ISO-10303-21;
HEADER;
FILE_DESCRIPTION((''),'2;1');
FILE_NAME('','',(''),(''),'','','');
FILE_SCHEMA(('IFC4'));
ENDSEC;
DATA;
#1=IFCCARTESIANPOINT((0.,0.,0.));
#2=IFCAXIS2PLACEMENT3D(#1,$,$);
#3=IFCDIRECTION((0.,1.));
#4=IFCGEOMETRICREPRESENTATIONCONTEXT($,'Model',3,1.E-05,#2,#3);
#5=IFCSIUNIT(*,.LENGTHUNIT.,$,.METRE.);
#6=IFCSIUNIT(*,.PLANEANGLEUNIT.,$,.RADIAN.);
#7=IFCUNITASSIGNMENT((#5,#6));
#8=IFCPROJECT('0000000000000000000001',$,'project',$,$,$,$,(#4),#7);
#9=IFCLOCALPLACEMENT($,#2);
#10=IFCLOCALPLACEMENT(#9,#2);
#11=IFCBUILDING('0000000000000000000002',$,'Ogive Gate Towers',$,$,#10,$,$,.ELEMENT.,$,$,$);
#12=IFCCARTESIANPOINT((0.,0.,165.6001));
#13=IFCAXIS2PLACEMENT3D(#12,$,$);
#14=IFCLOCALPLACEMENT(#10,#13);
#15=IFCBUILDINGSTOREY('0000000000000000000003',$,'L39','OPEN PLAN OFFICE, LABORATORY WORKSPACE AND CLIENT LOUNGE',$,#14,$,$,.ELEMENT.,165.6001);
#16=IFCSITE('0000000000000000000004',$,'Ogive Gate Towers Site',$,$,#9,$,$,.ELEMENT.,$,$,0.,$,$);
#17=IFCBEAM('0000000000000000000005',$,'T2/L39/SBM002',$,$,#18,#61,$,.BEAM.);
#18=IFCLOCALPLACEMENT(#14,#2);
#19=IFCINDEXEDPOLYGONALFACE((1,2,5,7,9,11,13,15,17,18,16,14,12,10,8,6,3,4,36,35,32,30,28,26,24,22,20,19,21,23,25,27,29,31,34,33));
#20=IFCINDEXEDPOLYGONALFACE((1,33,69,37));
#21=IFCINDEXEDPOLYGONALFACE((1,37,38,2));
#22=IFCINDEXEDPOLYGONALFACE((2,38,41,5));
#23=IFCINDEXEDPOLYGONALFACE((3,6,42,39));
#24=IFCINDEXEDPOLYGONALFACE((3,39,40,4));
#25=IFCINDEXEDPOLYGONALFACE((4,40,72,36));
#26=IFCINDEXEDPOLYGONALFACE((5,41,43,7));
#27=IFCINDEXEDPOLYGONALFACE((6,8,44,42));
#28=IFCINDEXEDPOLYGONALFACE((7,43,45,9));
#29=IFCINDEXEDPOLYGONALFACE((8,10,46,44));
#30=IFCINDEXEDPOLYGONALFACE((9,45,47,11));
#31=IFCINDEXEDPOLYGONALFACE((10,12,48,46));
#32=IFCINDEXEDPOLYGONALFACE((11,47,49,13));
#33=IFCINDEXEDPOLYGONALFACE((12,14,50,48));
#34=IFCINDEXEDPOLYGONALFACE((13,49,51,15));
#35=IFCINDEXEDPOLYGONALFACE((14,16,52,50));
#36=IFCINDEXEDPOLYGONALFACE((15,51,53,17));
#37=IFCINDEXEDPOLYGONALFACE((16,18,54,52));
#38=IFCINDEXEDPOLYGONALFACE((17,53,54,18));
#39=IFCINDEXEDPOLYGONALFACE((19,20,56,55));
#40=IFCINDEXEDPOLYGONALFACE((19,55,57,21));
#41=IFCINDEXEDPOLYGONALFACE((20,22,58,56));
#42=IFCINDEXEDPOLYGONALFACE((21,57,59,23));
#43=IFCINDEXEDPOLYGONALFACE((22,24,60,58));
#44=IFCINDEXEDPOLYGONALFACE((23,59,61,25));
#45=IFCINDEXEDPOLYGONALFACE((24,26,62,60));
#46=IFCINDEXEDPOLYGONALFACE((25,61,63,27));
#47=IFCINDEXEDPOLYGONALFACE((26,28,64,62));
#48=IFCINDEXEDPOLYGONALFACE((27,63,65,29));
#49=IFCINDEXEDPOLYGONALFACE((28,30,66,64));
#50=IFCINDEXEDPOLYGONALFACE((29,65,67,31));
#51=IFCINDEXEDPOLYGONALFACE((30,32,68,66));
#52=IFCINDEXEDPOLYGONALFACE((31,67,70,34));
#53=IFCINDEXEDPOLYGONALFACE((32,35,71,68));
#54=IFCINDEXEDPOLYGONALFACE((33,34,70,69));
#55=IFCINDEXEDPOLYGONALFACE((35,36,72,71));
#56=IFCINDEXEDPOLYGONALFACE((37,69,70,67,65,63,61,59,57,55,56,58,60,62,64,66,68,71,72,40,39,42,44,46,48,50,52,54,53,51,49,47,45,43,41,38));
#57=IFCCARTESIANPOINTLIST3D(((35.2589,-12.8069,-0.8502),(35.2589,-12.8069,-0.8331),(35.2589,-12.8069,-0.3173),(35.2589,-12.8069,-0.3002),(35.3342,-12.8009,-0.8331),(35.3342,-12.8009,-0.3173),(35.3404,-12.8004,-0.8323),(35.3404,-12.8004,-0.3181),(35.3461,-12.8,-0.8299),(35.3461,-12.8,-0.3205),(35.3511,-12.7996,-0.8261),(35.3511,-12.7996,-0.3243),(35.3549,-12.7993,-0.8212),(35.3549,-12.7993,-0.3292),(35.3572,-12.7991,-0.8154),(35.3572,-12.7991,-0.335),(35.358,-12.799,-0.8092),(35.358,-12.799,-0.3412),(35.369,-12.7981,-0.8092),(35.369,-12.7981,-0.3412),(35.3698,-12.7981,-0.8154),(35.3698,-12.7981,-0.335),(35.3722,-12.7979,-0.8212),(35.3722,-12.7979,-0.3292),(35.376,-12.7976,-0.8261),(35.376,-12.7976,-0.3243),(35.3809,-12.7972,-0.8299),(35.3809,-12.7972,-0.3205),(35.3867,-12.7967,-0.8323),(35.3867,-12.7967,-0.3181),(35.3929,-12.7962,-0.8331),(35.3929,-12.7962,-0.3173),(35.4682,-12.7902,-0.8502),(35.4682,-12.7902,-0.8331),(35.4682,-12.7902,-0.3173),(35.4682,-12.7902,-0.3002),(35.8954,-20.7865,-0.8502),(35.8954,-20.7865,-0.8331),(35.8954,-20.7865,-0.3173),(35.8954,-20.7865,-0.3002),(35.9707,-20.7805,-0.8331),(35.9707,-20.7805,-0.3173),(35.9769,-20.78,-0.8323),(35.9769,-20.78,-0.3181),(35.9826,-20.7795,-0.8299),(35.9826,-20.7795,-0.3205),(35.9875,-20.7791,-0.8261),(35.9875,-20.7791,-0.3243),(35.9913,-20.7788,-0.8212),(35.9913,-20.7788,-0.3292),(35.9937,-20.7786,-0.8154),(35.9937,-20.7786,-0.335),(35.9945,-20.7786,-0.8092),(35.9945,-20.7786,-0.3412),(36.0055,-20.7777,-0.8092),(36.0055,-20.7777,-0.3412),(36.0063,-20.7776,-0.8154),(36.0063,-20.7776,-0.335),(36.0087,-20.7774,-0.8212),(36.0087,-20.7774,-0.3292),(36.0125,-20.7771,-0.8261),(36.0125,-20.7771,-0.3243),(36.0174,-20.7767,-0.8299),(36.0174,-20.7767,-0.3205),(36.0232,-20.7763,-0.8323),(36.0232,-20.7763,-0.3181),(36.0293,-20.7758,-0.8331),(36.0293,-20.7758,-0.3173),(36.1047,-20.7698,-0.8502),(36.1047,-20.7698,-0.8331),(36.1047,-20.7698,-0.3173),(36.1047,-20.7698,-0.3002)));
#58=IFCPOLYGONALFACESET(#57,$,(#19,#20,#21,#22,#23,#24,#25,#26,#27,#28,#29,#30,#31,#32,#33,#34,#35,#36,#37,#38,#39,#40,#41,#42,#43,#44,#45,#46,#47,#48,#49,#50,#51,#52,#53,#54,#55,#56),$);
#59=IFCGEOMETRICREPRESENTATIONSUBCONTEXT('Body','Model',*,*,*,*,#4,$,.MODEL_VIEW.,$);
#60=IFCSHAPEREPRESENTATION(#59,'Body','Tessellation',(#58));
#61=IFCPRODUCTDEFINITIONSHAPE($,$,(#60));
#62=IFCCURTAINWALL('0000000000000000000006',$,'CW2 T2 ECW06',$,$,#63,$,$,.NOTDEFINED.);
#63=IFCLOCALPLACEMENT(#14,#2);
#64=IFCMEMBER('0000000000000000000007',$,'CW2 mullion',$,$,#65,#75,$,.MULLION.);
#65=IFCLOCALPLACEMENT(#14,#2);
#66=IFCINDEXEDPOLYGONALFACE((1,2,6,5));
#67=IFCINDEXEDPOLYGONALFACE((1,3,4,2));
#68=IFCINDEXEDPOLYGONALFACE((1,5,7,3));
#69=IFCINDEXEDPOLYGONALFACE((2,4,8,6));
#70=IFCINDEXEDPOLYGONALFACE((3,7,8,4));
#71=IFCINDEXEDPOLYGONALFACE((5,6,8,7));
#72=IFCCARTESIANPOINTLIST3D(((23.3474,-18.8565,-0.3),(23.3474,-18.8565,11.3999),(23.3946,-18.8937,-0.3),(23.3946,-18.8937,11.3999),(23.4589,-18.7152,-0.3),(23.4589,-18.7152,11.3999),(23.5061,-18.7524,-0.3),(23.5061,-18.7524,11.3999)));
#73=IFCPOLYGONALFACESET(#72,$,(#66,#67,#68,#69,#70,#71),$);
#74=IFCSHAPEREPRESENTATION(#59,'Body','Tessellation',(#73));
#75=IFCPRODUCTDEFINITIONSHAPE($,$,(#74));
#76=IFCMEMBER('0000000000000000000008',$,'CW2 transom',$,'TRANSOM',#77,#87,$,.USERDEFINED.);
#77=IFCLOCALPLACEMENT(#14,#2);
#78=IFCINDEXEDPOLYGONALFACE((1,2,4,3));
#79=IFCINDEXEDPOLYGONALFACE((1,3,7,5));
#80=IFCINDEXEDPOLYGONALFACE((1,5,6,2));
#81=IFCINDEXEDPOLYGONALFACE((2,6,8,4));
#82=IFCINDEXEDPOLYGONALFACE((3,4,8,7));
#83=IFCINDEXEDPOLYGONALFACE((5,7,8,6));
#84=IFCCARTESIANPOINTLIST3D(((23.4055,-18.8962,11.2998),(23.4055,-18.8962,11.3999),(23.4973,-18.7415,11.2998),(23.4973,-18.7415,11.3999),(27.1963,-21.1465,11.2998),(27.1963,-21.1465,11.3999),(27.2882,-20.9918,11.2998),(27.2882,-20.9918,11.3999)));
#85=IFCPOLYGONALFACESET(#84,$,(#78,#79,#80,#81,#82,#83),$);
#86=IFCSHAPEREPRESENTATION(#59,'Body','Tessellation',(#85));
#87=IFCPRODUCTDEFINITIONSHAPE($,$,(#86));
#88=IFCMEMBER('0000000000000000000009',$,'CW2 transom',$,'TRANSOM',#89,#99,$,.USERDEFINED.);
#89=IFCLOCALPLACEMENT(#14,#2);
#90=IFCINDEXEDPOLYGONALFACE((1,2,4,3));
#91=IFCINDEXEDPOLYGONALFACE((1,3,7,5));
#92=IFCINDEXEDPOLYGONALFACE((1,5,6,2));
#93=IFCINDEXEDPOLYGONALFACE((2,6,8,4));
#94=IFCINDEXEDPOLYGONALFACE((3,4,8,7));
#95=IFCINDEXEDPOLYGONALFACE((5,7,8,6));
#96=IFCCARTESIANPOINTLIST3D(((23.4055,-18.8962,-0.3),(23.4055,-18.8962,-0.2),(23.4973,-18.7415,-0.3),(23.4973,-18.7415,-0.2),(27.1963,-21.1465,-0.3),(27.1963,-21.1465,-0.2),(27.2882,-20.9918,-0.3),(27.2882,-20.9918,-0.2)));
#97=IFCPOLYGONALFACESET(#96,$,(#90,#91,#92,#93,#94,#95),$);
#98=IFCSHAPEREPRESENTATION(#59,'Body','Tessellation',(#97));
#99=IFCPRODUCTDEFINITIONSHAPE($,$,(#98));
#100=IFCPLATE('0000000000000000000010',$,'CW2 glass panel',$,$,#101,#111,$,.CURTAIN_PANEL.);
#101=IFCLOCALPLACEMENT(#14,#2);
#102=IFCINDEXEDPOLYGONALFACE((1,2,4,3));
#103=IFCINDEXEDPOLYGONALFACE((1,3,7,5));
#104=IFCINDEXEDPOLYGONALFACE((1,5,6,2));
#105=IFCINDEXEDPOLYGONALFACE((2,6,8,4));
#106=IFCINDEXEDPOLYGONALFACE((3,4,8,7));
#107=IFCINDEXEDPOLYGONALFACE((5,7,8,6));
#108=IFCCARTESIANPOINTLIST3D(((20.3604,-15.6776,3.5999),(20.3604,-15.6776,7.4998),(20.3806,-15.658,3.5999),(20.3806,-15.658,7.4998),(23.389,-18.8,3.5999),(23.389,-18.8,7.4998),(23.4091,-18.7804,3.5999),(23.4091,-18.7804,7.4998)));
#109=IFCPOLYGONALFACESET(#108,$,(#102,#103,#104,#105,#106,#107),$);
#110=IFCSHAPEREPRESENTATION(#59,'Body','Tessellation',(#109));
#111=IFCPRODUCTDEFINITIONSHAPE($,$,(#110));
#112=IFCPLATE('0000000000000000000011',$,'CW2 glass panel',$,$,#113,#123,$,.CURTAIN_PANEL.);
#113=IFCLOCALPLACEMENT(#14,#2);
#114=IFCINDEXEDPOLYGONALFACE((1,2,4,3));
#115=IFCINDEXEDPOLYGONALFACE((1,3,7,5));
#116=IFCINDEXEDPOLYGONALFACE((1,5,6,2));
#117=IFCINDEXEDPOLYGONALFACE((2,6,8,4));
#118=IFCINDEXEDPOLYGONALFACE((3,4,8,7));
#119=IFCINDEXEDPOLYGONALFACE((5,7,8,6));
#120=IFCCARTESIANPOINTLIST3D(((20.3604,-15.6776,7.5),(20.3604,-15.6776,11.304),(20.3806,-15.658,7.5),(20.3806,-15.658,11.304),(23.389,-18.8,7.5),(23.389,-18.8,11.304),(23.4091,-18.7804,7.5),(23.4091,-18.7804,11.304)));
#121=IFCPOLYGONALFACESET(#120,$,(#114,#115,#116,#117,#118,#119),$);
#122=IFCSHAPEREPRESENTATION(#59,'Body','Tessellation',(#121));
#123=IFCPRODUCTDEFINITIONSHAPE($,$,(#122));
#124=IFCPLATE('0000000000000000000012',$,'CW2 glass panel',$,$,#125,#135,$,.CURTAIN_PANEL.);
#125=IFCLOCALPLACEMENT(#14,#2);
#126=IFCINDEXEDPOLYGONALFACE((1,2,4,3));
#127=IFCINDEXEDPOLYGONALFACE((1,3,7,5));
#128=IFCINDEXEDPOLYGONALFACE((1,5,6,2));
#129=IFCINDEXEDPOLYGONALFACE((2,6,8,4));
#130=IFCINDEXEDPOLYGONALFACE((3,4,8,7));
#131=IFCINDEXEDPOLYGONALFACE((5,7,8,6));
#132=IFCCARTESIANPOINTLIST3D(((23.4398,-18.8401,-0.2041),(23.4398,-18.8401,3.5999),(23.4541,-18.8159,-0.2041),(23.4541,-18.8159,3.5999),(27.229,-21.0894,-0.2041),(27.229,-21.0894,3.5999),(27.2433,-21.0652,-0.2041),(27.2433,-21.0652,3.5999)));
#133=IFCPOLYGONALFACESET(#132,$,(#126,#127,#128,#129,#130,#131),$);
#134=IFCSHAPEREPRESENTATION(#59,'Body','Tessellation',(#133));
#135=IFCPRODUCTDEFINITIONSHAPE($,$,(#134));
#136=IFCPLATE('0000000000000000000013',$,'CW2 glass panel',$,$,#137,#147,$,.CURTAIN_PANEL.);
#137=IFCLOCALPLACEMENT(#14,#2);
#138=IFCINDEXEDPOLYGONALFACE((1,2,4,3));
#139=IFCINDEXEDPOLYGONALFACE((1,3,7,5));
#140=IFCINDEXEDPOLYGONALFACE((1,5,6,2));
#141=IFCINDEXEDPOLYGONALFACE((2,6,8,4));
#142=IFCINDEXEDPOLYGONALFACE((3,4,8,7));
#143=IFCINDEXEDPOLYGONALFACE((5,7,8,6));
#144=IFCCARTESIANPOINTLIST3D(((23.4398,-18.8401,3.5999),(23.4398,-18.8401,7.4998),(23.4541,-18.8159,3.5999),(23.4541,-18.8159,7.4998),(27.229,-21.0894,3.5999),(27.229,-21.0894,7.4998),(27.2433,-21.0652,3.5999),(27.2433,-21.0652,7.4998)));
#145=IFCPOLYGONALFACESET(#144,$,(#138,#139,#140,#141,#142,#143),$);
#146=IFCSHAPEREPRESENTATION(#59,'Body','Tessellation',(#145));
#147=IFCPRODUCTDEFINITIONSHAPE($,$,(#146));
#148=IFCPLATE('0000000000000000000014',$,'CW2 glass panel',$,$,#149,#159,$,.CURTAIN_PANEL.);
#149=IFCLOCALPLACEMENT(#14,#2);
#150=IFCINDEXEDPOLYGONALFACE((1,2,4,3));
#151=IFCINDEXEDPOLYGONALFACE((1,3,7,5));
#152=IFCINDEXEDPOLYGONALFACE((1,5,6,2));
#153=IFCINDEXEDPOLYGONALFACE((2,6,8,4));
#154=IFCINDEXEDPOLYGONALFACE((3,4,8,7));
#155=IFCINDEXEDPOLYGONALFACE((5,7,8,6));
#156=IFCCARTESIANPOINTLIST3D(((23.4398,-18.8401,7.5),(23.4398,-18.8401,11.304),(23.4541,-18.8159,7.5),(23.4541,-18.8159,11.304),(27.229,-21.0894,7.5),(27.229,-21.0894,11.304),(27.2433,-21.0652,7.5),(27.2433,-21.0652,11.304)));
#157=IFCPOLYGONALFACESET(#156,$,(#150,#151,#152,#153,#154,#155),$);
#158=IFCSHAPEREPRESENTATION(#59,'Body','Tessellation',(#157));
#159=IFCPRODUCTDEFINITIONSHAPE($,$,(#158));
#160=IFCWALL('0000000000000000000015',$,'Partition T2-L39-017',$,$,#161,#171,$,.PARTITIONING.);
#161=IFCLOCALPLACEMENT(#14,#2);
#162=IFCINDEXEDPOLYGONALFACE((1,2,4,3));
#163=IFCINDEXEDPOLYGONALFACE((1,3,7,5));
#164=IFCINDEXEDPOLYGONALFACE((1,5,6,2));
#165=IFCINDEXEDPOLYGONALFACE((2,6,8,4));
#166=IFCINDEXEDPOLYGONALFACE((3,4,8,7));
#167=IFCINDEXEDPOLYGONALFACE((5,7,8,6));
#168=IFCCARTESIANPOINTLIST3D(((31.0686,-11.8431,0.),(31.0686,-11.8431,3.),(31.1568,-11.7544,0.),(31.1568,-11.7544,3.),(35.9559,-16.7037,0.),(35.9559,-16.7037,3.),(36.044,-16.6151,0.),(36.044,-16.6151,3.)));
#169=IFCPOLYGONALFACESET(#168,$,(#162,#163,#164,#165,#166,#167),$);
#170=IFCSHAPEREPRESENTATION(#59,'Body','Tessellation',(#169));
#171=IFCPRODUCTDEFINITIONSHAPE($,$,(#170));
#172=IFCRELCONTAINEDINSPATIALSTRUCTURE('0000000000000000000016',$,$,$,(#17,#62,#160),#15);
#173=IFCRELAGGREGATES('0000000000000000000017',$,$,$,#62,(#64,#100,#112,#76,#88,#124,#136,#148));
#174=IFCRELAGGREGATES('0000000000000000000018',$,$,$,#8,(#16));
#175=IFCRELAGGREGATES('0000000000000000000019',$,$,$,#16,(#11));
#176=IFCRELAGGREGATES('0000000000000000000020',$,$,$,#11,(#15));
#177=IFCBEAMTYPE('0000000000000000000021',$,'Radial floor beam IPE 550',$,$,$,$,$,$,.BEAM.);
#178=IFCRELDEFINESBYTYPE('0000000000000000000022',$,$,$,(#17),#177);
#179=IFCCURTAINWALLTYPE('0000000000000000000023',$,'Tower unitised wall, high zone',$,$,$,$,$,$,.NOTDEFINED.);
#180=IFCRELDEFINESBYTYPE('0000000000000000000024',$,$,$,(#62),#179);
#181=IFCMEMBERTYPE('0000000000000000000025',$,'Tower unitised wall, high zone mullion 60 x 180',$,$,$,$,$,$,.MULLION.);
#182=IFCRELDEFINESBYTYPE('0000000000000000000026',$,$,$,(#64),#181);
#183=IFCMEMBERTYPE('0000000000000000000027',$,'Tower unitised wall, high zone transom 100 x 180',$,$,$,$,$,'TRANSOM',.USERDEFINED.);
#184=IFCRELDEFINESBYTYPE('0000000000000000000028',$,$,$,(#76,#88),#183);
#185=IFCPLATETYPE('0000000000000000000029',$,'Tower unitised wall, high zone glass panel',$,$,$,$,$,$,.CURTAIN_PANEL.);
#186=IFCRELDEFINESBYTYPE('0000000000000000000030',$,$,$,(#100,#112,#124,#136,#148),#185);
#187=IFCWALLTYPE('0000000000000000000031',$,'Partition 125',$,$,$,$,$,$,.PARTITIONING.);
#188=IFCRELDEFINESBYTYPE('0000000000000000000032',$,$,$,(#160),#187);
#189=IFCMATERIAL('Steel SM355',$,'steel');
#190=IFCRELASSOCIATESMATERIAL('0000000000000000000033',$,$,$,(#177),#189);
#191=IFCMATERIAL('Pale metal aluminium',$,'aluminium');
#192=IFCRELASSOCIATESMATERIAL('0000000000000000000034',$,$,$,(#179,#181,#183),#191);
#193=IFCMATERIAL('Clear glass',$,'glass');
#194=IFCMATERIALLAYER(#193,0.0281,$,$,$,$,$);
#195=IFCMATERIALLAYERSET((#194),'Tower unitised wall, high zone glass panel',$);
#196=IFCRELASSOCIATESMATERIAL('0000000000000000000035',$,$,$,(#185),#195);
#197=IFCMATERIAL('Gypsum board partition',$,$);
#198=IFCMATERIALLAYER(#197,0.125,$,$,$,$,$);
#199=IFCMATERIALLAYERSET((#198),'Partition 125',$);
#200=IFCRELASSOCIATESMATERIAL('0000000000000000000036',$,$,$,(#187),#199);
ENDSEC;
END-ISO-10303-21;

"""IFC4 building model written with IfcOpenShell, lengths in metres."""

from ifc_helpers import new_model, si_unit, direction, frame, frame_2d, origin, origin_2d, place, context, subcontext, project, spatial, rectangle, i_section, extrude, material, layer, layer_set, material_profile, profile_set, type_object, element, aggregate, save


model = new_model("IFC4")

# Units and contexts
model_context = context("Model", 3, precision=1e-05, world=origin(), true_north=direction((0.0, 1.0)))
body_context = subcontext(model_context, "Body", "Model", "MODEL_VIEW")
ifc_project = project(units=[si_unit("LENGTHUNIT", "METRE"), si_unit("PLANEANGLEUNIT", "RADIAN")], contexts=[model_context])

# Site, building, storey
site_placement = place(None, origin())
site = spatial("IfcSite", under=ifc_project, at=site_placement, Name="Ogive Gate Towers Site", CompositionType="ELEMENT", RefElevation=0.0)
building_placement = place(site_placement, origin())
building = spatial("IfcBuilding", under=site, at=building_placement, Name="Ogive Gate Towers", CompositionType="ELEMENT")
storey_placement = place(building_placement, frame((0.0, 0.0, 165.6001)))
storey = spatial("IfcBuildingStorey", under=building, at=storey_placement, Name="L39", Description="OPEN PLAN OFFICE, LABORATORY WORKSPACE AND CLIENT LOUNGE", CompositionType="ELEMENT", Elevation=165.6001)

# Beam
ifc_material_1 = material(Name="Steel SM355", Category="steel")
ifc_material_profile_1 = material_profile(ifc_material_1, i_section(OverallWidth=0.21, OverallDepth=0.55, WebThickness=0.011, FlangeThickness=0.0171, FilletRadius=0.0239, at=origin_2d()), Name="IPE 550")
ifc_profile_set_1 = profile_set([ifc_material_profile_1], Name="Steel SM355")
beam_type = type_object("IfcBeamType", Name="Radial floor beam IPE 550", PredefinedType="BEAM", material=ifc_profile_set_1)
beam_placement = place(storey_placement, frame((35.3635, -12.7986, -0.5752), z_axis=(0.079511, -0.996834, 0.0), x_axis=(0.996834, 0.079511, 0.0)))
element("IfcBeam", 1, at=beam_placement, inside=storey, type_object=beam_type, Name="T2/L39/SBM002", PredefinedType="BEAM", context=body_context, shape_type="SweptSolid", body=[
    extrude(i_section(OverallWidth=0.21, OverallDepth=0.55, WebThickness=0.011, FlangeThickness=0.0171, FilletRadius=0.0239, at=origin_2d()), origin(), (0.0, 0.0, 1.0), 8.0049),
])

# Curtain wall, members, plates
ifc_material_2 = material(Name="Pale metal aluminium", Category="aluminium")
curtain_wall_type = type_object("IfcCurtainWallType", Name="Tower unitised wall, high zone", PredefinedType="NOTDEFINED", material=ifc_material_2)
curtain_wall_placement = place(storey_placement, origin())
curtain_wall = element("IfcCurtainWall", 2, at=curtain_wall_placement, inside=storey, type_object=curtain_wall_type, Name="CW2 T2 ECW06", PredefinedType="NOTDEFINED")
ifc_material_profile_2 = material_profile(ifc_material_2, rectangle(XDim=0.1799, YDim=0.0601, at=origin_2d()), Name="60 x 180 aluminium box")
ifc_profile_set_2 = profile_set([ifc_material_profile_2], Name="Pale metal aluminium")
member_type_1 = type_object("IfcMemberType", Name="Tower unitised wall, high zone mullion 60 x 180", PredefinedType="MULLION", material=ifc_profile_set_2)
member_1_placement = place(storey_placement, frame((23.4268, -18.8044, -0.3), z_axis=(0.0, 0.0, 1.0), x_axis=(-0.61956, -0.784949, 0.0)))
member_1 = element("IfcMember", 3, at=member_1_placement, type_object=member_type_1, Name="CW2 mullion", PredefinedType="MULLION", context=body_context, shape_type="SweptSolid", body=[
    extrude(rectangle(XDim=0.1799, YDim=0.0601, at=origin_2d()), origin(), (0.0, 0.0, 1.0), 11.7),
])
ifc_material_profile_3 = material_profile(ifc_material_2, rectangle(XDim=0.1799, YDim=0.1001, at=origin_2d()), Name="100 x 180 aluminium box")
ifc_profile_set_3 = profile_set([ifc_material_profile_3], Name="Pale metal aluminium")
member_type_2 = type_object("IfcMemberType", Name="Tower unitised wall, high zone transom 100 x 180", ElementType="TRANSOM", PredefinedType="USERDEFINED", material=ifc_profile_set_3)
member_2_placement = place(storey_placement, frame((23.4514, -18.8188, 11.3499), z_axis=(0.859907, -0.51045, 0.0), x_axis=(0.51045, 0.859907, 0.0)))
member_2 = element("IfcMember", 4, at=member_2_placement, type_object=member_type_2, Name="CW2 transom", ObjectType="TRANSOM", PredefinedType="USERDEFINED", context=body_context, shape_type="SweptSolid", body=[
    extrude(rectangle(XDim=0.1799, YDim=0.1001, at=origin_2d()), origin(), (0.0, 0.0, 1.0), 4.4084),
])
member_3_placement = place(storey_placement, frame((23.4514, -18.8188, -0.25), z_axis=(0.859907, -0.51045, 0.0), x_axis=(0.51045, 0.859907, 0.0)))
member_3 = element("IfcMember", 5, at=member_3_placement, type_object=member_type_2, Name="CW2 transom", ObjectType="TRANSOM", PredefinedType="USERDEFINED", context=body_context, shape_type="SweptSolid", body=[
    extrude(rectangle(XDim=0.1799, YDim=0.1001, at=origin_2d()), origin(), (0.0, 0.0, 1.0), 4.4084),
])
ifc_material_3 = material(Name="Clear glass", Category="glass")
ifc_layer_1 = layer(ifc_material_3, 0.0281)
ifc_layer_set_1 = layer_set([ifc_layer_1], Name="Tower unitised wall, high zone glass panel")
plate_type = type_object("IfcPlateType", Name="Tower unitised wall, high zone glass panel", PredefinedType="CURTAIN_PANEL", material=ifc_layer_set_1)
plate_1_placement = place(storey_placement, frame((21.8848, -17.229, 3.5999), z_axis=(0.0, 0.0, 1.0), x_axis=(0.696239, -0.71781, 0.0)))
plate_1 = element("IfcPlate", 6, at=plate_1_placement, type_object=plate_type, Name="CW2 glass panel", PredefinedType="CURTAIN_PANEL", context=body_context, shape_type="SweptSolid", body=[
    extrude(rectangle(XDim=4.3499, YDim=0.0281, at=origin_2d()), origin(), (0.0, 0.0, 1.0), 3.8999),
])
plate_2_placement = place(storey_placement, frame((21.8848, -17.229, 7.5), z_axis=(0.0, 0.0, 1.0), x_axis=(0.696239, -0.71781, 0.0)))
plate_2 = element("IfcPlate", 7, at=plate_2_placement, type_object=plate_type, Name="CW2 glass panel", PredefinedType="CURTAIN_PANEL", context=body_context, shape_type="SweptSolid", body=[
    extrude(rectangle(XDim=4.3499, YDim=0.0281, at=origin_2d()), origin(), (0.0, 0.0, 1.0), 3.804),
])
plate_3_placement = place(storey_placement, frame((25.3416, -19.9526, -0.2041), z_axis=(0.0, 0.0, 1.0), x_axis=(0.859906, -0.510453, 0.0)))
plate_3 = element("IfcPlate", 8, at=plate_3_placement, type_object=plate_type, Name="CW2 glass panel", PredefinedType="CURTAIN_PANEL", context=body_context, shape_type="SweptSolid", body=[
    extrude(rectangle(XDim=4.4065, YDim=0.0281, at=origin_2d()), origin(), (0.0, 0.0, 1.0), 3.804),
])
plate_4_placement = place(storey_placement, frame((25.3416, -19.9526, 3.5999), z_axis=(0.0, 0.0, 1.0), x_axis=(0.859906, -0.510453, 0.0)))
plate_4 = element("IfcPlate", 9, at=plate_4_placement, type_object=plate_type, Name="CW2 glass panel", PredefinedType="CURTAIN_PANEL", context=body_context, shape_type="SweptSolid", body=[
    extrude(rectangle(XDim=4.4065, YDim=0.0281, at=origin_2d()), origin(), (0.0, 0.0, 1.0), 3.8999),
])
plate_5_placement = place(storey_placement, frame((25.3416, -19.9526, 7.5), z_axis=(0.0, 0.0, 1.0), x_axis=(0.859906, -0.510453, 0.0)))
plate_5 = element("IfcPlate", 10, at=plate_5_placement, type_object=plate_type, Name="CW2 glass panel", PredefinedType="CURTAIN_PANEL", context=body_context, shape_type="SweptSolid", body=[
    extrude(rectangle(XDim=4.4065, YDim=0.0281, at=origin_2d()), origin(), (0.0, 0.0, 1.0), 3.804),
])
aggregate(curtain_wall, [member_1, plate_1, plate_2, member_2, member_3, plate_3, plate_4, plate_5])

# Wall
ifc_material_4 = material(Name="Gypsum board partition")
ifc_layer_2 = layer(ifc_material_4, 0.125)
ifc_layer_set_2 = layer_set([ifc_layer_2], Name="Partition 125")
wall_type = type_object("IfcWallType", Name="Partition 125", PredefinedType="PARTITIONING", material=ifc_layer_set_2)
wall_placement = place(storey_placement, frame((31.1128, -11.7988, 0.0), z_axis=(0.0, 0.0, 1.0), x_axis=(0.709035, -0.705174, 0.0)))
element("IfcWall", 11, at=wall_placement, inside=storey, type_object=wall_type, Name="Partition T2-L39-017", PredefinedType="PARTITIONING", context=body_context, shape_type="SweptSolid", body=[
    extrude(rectangle(XDim=6.8928, YDim=0.125, at=frame_2d((3.4463, 0.0))), origin(), (0.0, 0.0, 1.0), 3.0),
])

save(model, "model.ifc")
